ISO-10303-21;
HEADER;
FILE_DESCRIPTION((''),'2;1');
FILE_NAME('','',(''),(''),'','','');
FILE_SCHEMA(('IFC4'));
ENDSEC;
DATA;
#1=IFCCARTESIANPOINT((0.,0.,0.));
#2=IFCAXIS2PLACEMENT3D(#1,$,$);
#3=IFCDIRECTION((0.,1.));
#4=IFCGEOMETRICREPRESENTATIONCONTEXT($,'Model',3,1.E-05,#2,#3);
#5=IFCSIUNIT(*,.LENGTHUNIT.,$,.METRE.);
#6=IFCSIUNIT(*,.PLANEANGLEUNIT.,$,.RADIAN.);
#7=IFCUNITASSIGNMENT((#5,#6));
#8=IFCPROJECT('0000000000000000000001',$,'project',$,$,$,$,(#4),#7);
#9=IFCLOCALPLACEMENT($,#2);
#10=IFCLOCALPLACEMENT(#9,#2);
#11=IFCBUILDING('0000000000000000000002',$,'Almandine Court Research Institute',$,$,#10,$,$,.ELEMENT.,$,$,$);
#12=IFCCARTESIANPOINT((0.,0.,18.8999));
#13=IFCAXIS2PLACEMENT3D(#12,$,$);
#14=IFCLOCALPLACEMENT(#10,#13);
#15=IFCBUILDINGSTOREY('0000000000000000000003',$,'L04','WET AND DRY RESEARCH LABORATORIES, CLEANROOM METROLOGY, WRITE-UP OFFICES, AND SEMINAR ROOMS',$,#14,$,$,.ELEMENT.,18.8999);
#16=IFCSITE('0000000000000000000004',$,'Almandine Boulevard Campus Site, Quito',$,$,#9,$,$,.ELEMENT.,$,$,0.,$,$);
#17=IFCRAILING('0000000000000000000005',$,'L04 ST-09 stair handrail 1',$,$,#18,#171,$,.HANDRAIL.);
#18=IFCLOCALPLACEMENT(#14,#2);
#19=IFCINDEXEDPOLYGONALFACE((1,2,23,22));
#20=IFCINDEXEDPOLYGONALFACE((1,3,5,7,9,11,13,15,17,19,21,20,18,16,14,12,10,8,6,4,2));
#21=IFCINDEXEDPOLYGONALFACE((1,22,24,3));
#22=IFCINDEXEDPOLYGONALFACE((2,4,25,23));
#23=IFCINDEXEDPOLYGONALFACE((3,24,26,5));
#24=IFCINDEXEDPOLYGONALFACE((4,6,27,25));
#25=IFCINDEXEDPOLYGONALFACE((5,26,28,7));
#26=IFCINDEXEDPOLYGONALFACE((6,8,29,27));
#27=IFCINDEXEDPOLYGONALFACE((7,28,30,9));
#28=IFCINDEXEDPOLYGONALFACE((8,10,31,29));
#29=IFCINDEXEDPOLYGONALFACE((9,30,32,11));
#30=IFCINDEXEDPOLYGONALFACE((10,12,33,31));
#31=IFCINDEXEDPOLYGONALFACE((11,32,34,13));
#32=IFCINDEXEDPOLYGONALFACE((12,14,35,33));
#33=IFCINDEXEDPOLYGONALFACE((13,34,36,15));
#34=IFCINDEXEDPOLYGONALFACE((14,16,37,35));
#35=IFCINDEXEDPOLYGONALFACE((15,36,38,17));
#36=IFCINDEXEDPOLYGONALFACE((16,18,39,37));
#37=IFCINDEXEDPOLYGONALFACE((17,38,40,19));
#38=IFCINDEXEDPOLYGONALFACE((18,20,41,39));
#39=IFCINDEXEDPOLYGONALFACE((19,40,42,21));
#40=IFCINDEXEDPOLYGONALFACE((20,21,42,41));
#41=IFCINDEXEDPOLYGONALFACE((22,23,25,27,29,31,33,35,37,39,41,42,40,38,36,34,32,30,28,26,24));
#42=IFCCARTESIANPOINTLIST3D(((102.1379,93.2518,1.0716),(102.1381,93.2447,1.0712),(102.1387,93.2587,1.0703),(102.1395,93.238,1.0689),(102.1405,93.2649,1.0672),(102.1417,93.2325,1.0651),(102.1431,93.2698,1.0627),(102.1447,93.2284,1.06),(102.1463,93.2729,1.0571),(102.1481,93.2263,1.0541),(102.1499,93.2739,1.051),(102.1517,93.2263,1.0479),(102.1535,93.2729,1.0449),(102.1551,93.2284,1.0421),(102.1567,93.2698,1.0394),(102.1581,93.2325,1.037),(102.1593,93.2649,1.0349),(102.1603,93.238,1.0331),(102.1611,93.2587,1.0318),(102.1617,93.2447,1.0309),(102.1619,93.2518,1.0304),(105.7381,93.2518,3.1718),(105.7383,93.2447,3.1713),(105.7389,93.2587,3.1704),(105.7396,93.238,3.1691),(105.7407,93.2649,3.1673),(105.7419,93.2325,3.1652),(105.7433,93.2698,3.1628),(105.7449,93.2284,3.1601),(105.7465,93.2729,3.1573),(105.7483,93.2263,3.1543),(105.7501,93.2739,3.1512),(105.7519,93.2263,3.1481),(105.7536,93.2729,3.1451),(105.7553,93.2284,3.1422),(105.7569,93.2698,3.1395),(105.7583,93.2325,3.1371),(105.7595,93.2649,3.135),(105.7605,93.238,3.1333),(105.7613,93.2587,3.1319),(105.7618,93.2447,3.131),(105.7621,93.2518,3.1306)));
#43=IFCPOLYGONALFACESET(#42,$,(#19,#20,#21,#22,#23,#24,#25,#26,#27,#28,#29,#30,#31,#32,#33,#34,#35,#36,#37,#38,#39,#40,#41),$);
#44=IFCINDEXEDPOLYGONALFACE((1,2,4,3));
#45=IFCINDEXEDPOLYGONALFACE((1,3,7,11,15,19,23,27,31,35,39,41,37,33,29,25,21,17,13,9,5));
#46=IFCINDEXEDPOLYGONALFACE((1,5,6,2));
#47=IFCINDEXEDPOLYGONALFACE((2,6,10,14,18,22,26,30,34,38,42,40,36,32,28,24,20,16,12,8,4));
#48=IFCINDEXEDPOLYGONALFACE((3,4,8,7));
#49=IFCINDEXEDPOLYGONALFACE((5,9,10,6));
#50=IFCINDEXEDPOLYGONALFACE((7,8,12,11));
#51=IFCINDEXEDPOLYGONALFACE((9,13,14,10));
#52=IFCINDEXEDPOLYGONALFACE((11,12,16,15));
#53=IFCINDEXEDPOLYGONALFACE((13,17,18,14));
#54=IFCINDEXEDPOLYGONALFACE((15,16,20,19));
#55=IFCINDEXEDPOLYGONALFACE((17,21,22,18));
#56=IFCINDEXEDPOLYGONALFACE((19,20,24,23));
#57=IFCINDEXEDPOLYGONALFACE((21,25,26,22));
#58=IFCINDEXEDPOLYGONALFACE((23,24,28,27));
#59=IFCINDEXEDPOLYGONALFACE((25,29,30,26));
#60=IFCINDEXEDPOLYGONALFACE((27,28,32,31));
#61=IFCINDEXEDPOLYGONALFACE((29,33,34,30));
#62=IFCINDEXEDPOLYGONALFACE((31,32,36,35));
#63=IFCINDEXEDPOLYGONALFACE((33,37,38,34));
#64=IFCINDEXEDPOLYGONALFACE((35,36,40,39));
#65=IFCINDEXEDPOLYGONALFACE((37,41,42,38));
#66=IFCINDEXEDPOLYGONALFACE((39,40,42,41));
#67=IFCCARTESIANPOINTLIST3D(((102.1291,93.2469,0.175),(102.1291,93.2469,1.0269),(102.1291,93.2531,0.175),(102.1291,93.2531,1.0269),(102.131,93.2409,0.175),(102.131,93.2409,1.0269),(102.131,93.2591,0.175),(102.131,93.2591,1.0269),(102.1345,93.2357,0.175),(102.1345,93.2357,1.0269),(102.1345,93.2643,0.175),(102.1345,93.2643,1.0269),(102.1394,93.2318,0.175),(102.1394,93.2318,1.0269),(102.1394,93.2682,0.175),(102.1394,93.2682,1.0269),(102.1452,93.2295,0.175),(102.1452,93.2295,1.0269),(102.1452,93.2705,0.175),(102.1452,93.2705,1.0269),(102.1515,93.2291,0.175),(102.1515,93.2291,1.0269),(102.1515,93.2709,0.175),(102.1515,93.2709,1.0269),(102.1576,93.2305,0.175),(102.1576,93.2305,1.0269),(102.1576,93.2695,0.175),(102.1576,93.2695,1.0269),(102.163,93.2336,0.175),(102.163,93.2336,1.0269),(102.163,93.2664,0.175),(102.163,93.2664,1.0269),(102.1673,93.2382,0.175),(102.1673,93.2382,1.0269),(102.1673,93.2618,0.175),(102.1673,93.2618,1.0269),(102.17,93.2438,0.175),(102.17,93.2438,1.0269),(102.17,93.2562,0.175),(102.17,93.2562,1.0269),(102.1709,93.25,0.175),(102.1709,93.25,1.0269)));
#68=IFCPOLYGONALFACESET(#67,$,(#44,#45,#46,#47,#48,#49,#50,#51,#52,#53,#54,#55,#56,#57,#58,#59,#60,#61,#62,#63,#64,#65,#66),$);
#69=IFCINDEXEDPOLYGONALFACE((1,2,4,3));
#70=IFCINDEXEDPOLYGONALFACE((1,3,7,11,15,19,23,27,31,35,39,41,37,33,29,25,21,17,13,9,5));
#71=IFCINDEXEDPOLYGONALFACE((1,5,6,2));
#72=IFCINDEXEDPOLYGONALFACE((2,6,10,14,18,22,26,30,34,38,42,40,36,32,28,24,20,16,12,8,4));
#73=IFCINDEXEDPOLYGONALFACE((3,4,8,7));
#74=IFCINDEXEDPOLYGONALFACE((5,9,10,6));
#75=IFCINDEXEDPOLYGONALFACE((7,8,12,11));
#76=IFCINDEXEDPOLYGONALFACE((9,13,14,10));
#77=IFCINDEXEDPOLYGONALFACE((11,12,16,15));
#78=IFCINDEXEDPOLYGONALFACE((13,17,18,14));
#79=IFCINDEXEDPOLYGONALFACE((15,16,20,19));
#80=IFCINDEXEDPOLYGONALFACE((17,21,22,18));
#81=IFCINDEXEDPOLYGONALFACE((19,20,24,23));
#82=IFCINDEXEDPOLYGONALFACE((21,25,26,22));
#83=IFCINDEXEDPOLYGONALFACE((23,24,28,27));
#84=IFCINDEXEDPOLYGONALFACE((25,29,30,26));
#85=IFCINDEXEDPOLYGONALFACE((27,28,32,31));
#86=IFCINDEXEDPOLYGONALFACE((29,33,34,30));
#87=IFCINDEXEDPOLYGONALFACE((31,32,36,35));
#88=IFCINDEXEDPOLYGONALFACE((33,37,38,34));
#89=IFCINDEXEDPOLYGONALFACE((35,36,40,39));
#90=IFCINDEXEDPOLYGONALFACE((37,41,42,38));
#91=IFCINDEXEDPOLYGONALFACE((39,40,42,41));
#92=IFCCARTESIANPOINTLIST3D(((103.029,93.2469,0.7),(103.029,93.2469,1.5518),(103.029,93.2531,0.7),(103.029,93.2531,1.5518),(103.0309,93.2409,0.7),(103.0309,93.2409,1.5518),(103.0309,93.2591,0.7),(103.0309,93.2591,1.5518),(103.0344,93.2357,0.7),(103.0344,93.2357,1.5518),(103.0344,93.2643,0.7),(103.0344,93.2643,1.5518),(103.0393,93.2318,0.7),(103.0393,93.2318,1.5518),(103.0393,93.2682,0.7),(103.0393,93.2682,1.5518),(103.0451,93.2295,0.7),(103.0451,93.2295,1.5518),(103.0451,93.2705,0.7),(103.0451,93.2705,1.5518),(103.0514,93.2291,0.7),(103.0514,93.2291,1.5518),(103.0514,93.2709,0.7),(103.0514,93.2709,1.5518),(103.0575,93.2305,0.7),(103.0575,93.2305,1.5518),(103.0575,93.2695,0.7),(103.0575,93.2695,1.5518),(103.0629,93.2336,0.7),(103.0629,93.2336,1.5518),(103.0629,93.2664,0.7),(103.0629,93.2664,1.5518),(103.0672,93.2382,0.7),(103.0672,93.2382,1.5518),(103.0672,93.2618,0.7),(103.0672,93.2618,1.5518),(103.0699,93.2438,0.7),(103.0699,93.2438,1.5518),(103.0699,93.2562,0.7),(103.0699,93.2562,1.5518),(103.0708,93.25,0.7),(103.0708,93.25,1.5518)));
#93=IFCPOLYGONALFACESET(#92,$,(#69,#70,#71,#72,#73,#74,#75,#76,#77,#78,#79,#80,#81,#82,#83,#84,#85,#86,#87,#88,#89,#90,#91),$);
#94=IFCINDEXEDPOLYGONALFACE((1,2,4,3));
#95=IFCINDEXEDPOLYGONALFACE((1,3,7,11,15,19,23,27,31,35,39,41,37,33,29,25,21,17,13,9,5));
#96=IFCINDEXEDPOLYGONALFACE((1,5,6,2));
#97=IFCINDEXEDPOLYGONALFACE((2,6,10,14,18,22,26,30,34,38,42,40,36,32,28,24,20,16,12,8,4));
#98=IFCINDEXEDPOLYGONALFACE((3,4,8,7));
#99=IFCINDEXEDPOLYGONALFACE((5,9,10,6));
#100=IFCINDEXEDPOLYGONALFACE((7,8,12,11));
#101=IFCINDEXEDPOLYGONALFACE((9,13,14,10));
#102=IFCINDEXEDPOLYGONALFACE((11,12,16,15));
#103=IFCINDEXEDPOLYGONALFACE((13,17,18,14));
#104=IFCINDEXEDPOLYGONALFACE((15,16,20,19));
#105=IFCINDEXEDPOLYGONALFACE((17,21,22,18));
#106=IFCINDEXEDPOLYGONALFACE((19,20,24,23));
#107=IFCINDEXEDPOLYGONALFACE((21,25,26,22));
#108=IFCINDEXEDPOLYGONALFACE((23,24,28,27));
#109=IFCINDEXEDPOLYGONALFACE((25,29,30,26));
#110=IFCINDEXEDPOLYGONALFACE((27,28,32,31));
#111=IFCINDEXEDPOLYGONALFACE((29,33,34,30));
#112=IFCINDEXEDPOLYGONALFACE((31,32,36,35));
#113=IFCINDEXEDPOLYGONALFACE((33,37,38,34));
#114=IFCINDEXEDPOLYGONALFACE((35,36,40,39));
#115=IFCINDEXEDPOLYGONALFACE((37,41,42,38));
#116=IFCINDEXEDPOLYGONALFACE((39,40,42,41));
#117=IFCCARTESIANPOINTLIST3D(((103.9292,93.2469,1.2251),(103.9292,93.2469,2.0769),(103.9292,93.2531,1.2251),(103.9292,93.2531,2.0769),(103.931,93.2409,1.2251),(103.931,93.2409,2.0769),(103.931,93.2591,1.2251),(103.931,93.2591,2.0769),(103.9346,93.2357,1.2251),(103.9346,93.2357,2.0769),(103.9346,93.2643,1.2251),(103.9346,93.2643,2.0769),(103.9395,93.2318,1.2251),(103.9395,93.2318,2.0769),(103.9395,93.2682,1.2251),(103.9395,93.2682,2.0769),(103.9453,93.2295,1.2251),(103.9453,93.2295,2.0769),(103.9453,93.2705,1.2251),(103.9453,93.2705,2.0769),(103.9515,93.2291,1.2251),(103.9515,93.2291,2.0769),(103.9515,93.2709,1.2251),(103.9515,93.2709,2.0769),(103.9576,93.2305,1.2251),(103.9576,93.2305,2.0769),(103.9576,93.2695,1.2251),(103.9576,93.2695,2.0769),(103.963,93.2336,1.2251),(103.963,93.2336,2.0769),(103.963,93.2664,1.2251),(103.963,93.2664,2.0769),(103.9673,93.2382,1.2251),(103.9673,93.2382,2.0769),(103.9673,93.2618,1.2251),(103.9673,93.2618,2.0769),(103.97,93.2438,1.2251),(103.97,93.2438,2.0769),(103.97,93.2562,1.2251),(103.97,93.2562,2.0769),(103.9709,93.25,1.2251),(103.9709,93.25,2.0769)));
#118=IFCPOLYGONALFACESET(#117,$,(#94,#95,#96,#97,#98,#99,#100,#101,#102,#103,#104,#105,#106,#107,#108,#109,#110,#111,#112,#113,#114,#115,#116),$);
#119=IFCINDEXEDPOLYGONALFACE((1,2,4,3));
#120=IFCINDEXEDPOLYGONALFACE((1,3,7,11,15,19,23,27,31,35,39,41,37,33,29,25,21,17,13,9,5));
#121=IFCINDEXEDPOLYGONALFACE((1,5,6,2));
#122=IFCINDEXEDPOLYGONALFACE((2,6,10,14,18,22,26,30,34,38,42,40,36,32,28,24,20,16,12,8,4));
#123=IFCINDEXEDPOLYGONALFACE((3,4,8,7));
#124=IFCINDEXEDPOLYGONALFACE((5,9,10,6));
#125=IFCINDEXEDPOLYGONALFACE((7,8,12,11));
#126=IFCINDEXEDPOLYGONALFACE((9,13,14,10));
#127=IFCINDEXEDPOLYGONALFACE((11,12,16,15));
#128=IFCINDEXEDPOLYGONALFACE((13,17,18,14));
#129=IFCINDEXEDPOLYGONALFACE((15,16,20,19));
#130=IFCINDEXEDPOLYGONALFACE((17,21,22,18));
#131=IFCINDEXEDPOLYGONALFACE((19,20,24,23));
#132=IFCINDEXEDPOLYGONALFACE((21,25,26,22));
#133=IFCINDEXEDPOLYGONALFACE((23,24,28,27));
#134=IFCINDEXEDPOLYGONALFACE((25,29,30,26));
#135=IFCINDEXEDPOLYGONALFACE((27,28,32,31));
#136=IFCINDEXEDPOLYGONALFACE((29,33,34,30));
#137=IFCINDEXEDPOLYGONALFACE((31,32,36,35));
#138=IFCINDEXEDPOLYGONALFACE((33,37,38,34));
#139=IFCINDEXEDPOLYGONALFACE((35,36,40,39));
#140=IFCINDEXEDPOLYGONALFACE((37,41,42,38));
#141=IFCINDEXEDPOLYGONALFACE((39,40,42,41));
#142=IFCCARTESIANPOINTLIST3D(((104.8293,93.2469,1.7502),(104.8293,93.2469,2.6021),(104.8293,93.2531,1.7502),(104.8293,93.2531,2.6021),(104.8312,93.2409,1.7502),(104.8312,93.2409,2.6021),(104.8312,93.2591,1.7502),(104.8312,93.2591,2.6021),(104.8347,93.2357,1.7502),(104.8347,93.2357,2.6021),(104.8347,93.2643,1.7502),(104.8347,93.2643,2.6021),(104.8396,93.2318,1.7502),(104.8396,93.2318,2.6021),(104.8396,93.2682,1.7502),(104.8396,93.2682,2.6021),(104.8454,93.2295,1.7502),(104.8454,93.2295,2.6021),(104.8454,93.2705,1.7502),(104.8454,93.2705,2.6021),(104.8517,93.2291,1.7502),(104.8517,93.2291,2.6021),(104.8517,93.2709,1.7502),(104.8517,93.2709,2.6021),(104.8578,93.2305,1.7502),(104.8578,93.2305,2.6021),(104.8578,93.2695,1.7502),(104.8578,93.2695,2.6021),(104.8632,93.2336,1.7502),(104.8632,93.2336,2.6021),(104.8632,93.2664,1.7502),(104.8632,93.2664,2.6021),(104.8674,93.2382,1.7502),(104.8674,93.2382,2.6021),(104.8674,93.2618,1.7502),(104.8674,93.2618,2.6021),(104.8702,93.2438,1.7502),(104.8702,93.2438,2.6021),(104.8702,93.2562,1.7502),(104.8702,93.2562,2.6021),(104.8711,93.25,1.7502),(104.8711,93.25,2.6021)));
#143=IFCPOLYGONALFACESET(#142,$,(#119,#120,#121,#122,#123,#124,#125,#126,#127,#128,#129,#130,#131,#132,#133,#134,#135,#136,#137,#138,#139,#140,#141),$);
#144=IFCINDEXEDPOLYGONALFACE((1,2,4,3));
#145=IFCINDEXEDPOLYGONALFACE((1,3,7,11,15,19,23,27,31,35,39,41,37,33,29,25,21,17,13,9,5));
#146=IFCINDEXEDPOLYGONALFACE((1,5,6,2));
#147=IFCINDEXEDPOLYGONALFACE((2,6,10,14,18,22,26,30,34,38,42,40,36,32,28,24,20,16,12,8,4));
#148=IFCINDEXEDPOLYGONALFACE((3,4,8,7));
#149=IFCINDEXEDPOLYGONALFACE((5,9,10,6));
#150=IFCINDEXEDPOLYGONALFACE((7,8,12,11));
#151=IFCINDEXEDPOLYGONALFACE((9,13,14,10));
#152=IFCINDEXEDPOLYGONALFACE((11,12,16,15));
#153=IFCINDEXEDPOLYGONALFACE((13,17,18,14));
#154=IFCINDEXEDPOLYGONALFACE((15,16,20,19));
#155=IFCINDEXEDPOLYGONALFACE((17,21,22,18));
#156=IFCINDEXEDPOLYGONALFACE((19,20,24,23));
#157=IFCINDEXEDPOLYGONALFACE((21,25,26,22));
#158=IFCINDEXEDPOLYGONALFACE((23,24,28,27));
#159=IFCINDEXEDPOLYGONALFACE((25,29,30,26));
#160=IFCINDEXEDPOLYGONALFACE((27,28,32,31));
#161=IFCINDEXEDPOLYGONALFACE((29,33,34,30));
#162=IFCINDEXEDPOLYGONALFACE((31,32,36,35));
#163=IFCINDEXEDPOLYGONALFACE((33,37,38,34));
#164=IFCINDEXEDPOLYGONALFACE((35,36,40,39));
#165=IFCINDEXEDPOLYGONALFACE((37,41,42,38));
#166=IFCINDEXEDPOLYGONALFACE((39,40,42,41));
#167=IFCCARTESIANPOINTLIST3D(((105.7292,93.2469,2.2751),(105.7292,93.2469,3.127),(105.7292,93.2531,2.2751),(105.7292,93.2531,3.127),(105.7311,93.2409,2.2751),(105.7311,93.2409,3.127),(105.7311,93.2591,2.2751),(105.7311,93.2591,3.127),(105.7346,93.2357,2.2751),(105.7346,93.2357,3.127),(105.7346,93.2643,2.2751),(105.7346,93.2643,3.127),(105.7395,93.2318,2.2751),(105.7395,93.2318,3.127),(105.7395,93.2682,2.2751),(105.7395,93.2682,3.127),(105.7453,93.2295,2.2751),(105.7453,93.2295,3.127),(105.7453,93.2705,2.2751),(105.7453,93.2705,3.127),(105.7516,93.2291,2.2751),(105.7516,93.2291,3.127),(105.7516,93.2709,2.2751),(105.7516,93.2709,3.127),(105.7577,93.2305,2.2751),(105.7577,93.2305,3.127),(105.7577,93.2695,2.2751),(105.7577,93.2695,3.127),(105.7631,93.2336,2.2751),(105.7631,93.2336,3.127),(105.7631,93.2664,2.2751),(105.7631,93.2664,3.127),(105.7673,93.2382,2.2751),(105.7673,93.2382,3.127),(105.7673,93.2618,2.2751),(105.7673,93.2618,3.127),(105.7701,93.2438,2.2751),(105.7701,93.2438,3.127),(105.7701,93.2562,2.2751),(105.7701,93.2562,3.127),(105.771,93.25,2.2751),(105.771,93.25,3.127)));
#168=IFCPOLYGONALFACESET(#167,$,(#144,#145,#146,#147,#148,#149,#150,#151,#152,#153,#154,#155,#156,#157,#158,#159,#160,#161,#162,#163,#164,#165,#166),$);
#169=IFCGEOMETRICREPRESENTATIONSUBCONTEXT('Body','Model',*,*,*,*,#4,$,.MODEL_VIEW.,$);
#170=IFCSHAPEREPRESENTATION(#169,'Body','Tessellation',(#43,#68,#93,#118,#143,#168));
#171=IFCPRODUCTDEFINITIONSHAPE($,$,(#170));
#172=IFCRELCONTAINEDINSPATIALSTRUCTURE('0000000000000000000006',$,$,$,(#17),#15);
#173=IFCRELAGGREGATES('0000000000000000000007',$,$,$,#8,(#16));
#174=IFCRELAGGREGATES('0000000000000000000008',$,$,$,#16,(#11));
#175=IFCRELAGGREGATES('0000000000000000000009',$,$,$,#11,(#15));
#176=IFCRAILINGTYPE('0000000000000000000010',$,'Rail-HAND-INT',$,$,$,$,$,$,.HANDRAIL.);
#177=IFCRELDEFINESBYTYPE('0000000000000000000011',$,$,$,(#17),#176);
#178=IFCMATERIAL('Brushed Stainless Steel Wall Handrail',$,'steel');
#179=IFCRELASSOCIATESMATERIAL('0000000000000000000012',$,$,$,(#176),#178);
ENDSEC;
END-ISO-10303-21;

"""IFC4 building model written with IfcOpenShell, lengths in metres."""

from ifc_helpers import new_model, si_unit, direction, frame, origin, origin_2d, place, context, subcontext, project, spatial, circle, extrude, material, type_object, element, save


model = new_model("IFC4")

# Units and contexts
model_context = context("Model", 3, precision=1e-05, world=origin(), true_north=direction((0.0, 1.0)))
body_context = subcontext(model_context, "Body", "Model", "MODEL_VIEW")
ifc_project = project(units=[si_unit("LENGTHUNIT", "METRE"), si_unit("PLANEANGLEUNIT", "RADIAN")], contexts=[model_context])

# Site, building, storey
site_placement = place(None, origin())
site = spatial("IfcSite", under=ifc_project, at=site_placement, Name="Almandine Boulevard Campus Site, Quito", CompositionType="ELEMENT", RefElevation=0.0)
building_placement = place(site_placement, origin())
building = spatial("IfcBuilding", under=site, at=building_placement, Name="Almandine Court Research Institute", CompositionType="ELEMENT")
storey_placement = place(building_placement, frame((0.0, 0.0, 18.8999)))
storey = spatial("IfcBuildingStorey", under=building, at=storey_placement, Name="L04", Description="WET AND DRY RESEARCH LABORATORIES, CLEANROOM METROLOGY, WRITE-UP OFFICES, AND SEMINAR ROOMS", CompositionType="ELEMENT", Elevation=18.8999)

# Railing
ifc_material_1 = material(Name="Brushed Stainless Steel Wall Handrail", Category="steel")
railing_type = type_object("IfcRailingType", Name="Rail-HAND-INT", PredefinedType="HANDRAIL", material=ifc_material_1)
railing_placement = place(storey_placement, frame((102.1499, 93.25, 0.175)))
element("IfcRailing", 1, at=railing_placement, inside=storey, type_object=railing_type, Name="L04 ST-09 stair handrail 1", PredefinedType="HANDRAIL", context=body_context, shape_type="SweptSolid", body=[
    extrude(circle(Radius=0.0239, at=origin_2d()), frame((0.0, 0.0, 0.876), z_axis=(0.863775, 0.0, 0.503878), x_axis=(0.0, 1.0, 0.0)), (0.0, 0.0, 1.0), 4.168),
    extrude(circle(Radius=0.021, at=origin_2d()), origin(), (0.0, 0.0, 1.0), 0.8518),
    extrude(circle(Radius=0.021, at=origin_2d()), frame((0.8999, 0.0, 0.5249)), (0.0, 0.0, 1.0), 0.8518),
    extrude(circle(Radius=0.021, at=origin_2d()), frame((1.8, 0.0, 1.05)), (0.0, 0.0, 1.0), 0.8518),
    extrude(circle(Radius=0.021, at=origin_2d()), frame((2.7002, 0.0, 1.5752)), (0.0, 0.0, 1.0), 0.8518),
    extrude(circle(Radius=0.021, at=origin_2d()), frame((3.6001, 0.0, 2.1001)), (0.0, 0.0, 1.0), 0.8518),
])

save(model, "model.ifc")
